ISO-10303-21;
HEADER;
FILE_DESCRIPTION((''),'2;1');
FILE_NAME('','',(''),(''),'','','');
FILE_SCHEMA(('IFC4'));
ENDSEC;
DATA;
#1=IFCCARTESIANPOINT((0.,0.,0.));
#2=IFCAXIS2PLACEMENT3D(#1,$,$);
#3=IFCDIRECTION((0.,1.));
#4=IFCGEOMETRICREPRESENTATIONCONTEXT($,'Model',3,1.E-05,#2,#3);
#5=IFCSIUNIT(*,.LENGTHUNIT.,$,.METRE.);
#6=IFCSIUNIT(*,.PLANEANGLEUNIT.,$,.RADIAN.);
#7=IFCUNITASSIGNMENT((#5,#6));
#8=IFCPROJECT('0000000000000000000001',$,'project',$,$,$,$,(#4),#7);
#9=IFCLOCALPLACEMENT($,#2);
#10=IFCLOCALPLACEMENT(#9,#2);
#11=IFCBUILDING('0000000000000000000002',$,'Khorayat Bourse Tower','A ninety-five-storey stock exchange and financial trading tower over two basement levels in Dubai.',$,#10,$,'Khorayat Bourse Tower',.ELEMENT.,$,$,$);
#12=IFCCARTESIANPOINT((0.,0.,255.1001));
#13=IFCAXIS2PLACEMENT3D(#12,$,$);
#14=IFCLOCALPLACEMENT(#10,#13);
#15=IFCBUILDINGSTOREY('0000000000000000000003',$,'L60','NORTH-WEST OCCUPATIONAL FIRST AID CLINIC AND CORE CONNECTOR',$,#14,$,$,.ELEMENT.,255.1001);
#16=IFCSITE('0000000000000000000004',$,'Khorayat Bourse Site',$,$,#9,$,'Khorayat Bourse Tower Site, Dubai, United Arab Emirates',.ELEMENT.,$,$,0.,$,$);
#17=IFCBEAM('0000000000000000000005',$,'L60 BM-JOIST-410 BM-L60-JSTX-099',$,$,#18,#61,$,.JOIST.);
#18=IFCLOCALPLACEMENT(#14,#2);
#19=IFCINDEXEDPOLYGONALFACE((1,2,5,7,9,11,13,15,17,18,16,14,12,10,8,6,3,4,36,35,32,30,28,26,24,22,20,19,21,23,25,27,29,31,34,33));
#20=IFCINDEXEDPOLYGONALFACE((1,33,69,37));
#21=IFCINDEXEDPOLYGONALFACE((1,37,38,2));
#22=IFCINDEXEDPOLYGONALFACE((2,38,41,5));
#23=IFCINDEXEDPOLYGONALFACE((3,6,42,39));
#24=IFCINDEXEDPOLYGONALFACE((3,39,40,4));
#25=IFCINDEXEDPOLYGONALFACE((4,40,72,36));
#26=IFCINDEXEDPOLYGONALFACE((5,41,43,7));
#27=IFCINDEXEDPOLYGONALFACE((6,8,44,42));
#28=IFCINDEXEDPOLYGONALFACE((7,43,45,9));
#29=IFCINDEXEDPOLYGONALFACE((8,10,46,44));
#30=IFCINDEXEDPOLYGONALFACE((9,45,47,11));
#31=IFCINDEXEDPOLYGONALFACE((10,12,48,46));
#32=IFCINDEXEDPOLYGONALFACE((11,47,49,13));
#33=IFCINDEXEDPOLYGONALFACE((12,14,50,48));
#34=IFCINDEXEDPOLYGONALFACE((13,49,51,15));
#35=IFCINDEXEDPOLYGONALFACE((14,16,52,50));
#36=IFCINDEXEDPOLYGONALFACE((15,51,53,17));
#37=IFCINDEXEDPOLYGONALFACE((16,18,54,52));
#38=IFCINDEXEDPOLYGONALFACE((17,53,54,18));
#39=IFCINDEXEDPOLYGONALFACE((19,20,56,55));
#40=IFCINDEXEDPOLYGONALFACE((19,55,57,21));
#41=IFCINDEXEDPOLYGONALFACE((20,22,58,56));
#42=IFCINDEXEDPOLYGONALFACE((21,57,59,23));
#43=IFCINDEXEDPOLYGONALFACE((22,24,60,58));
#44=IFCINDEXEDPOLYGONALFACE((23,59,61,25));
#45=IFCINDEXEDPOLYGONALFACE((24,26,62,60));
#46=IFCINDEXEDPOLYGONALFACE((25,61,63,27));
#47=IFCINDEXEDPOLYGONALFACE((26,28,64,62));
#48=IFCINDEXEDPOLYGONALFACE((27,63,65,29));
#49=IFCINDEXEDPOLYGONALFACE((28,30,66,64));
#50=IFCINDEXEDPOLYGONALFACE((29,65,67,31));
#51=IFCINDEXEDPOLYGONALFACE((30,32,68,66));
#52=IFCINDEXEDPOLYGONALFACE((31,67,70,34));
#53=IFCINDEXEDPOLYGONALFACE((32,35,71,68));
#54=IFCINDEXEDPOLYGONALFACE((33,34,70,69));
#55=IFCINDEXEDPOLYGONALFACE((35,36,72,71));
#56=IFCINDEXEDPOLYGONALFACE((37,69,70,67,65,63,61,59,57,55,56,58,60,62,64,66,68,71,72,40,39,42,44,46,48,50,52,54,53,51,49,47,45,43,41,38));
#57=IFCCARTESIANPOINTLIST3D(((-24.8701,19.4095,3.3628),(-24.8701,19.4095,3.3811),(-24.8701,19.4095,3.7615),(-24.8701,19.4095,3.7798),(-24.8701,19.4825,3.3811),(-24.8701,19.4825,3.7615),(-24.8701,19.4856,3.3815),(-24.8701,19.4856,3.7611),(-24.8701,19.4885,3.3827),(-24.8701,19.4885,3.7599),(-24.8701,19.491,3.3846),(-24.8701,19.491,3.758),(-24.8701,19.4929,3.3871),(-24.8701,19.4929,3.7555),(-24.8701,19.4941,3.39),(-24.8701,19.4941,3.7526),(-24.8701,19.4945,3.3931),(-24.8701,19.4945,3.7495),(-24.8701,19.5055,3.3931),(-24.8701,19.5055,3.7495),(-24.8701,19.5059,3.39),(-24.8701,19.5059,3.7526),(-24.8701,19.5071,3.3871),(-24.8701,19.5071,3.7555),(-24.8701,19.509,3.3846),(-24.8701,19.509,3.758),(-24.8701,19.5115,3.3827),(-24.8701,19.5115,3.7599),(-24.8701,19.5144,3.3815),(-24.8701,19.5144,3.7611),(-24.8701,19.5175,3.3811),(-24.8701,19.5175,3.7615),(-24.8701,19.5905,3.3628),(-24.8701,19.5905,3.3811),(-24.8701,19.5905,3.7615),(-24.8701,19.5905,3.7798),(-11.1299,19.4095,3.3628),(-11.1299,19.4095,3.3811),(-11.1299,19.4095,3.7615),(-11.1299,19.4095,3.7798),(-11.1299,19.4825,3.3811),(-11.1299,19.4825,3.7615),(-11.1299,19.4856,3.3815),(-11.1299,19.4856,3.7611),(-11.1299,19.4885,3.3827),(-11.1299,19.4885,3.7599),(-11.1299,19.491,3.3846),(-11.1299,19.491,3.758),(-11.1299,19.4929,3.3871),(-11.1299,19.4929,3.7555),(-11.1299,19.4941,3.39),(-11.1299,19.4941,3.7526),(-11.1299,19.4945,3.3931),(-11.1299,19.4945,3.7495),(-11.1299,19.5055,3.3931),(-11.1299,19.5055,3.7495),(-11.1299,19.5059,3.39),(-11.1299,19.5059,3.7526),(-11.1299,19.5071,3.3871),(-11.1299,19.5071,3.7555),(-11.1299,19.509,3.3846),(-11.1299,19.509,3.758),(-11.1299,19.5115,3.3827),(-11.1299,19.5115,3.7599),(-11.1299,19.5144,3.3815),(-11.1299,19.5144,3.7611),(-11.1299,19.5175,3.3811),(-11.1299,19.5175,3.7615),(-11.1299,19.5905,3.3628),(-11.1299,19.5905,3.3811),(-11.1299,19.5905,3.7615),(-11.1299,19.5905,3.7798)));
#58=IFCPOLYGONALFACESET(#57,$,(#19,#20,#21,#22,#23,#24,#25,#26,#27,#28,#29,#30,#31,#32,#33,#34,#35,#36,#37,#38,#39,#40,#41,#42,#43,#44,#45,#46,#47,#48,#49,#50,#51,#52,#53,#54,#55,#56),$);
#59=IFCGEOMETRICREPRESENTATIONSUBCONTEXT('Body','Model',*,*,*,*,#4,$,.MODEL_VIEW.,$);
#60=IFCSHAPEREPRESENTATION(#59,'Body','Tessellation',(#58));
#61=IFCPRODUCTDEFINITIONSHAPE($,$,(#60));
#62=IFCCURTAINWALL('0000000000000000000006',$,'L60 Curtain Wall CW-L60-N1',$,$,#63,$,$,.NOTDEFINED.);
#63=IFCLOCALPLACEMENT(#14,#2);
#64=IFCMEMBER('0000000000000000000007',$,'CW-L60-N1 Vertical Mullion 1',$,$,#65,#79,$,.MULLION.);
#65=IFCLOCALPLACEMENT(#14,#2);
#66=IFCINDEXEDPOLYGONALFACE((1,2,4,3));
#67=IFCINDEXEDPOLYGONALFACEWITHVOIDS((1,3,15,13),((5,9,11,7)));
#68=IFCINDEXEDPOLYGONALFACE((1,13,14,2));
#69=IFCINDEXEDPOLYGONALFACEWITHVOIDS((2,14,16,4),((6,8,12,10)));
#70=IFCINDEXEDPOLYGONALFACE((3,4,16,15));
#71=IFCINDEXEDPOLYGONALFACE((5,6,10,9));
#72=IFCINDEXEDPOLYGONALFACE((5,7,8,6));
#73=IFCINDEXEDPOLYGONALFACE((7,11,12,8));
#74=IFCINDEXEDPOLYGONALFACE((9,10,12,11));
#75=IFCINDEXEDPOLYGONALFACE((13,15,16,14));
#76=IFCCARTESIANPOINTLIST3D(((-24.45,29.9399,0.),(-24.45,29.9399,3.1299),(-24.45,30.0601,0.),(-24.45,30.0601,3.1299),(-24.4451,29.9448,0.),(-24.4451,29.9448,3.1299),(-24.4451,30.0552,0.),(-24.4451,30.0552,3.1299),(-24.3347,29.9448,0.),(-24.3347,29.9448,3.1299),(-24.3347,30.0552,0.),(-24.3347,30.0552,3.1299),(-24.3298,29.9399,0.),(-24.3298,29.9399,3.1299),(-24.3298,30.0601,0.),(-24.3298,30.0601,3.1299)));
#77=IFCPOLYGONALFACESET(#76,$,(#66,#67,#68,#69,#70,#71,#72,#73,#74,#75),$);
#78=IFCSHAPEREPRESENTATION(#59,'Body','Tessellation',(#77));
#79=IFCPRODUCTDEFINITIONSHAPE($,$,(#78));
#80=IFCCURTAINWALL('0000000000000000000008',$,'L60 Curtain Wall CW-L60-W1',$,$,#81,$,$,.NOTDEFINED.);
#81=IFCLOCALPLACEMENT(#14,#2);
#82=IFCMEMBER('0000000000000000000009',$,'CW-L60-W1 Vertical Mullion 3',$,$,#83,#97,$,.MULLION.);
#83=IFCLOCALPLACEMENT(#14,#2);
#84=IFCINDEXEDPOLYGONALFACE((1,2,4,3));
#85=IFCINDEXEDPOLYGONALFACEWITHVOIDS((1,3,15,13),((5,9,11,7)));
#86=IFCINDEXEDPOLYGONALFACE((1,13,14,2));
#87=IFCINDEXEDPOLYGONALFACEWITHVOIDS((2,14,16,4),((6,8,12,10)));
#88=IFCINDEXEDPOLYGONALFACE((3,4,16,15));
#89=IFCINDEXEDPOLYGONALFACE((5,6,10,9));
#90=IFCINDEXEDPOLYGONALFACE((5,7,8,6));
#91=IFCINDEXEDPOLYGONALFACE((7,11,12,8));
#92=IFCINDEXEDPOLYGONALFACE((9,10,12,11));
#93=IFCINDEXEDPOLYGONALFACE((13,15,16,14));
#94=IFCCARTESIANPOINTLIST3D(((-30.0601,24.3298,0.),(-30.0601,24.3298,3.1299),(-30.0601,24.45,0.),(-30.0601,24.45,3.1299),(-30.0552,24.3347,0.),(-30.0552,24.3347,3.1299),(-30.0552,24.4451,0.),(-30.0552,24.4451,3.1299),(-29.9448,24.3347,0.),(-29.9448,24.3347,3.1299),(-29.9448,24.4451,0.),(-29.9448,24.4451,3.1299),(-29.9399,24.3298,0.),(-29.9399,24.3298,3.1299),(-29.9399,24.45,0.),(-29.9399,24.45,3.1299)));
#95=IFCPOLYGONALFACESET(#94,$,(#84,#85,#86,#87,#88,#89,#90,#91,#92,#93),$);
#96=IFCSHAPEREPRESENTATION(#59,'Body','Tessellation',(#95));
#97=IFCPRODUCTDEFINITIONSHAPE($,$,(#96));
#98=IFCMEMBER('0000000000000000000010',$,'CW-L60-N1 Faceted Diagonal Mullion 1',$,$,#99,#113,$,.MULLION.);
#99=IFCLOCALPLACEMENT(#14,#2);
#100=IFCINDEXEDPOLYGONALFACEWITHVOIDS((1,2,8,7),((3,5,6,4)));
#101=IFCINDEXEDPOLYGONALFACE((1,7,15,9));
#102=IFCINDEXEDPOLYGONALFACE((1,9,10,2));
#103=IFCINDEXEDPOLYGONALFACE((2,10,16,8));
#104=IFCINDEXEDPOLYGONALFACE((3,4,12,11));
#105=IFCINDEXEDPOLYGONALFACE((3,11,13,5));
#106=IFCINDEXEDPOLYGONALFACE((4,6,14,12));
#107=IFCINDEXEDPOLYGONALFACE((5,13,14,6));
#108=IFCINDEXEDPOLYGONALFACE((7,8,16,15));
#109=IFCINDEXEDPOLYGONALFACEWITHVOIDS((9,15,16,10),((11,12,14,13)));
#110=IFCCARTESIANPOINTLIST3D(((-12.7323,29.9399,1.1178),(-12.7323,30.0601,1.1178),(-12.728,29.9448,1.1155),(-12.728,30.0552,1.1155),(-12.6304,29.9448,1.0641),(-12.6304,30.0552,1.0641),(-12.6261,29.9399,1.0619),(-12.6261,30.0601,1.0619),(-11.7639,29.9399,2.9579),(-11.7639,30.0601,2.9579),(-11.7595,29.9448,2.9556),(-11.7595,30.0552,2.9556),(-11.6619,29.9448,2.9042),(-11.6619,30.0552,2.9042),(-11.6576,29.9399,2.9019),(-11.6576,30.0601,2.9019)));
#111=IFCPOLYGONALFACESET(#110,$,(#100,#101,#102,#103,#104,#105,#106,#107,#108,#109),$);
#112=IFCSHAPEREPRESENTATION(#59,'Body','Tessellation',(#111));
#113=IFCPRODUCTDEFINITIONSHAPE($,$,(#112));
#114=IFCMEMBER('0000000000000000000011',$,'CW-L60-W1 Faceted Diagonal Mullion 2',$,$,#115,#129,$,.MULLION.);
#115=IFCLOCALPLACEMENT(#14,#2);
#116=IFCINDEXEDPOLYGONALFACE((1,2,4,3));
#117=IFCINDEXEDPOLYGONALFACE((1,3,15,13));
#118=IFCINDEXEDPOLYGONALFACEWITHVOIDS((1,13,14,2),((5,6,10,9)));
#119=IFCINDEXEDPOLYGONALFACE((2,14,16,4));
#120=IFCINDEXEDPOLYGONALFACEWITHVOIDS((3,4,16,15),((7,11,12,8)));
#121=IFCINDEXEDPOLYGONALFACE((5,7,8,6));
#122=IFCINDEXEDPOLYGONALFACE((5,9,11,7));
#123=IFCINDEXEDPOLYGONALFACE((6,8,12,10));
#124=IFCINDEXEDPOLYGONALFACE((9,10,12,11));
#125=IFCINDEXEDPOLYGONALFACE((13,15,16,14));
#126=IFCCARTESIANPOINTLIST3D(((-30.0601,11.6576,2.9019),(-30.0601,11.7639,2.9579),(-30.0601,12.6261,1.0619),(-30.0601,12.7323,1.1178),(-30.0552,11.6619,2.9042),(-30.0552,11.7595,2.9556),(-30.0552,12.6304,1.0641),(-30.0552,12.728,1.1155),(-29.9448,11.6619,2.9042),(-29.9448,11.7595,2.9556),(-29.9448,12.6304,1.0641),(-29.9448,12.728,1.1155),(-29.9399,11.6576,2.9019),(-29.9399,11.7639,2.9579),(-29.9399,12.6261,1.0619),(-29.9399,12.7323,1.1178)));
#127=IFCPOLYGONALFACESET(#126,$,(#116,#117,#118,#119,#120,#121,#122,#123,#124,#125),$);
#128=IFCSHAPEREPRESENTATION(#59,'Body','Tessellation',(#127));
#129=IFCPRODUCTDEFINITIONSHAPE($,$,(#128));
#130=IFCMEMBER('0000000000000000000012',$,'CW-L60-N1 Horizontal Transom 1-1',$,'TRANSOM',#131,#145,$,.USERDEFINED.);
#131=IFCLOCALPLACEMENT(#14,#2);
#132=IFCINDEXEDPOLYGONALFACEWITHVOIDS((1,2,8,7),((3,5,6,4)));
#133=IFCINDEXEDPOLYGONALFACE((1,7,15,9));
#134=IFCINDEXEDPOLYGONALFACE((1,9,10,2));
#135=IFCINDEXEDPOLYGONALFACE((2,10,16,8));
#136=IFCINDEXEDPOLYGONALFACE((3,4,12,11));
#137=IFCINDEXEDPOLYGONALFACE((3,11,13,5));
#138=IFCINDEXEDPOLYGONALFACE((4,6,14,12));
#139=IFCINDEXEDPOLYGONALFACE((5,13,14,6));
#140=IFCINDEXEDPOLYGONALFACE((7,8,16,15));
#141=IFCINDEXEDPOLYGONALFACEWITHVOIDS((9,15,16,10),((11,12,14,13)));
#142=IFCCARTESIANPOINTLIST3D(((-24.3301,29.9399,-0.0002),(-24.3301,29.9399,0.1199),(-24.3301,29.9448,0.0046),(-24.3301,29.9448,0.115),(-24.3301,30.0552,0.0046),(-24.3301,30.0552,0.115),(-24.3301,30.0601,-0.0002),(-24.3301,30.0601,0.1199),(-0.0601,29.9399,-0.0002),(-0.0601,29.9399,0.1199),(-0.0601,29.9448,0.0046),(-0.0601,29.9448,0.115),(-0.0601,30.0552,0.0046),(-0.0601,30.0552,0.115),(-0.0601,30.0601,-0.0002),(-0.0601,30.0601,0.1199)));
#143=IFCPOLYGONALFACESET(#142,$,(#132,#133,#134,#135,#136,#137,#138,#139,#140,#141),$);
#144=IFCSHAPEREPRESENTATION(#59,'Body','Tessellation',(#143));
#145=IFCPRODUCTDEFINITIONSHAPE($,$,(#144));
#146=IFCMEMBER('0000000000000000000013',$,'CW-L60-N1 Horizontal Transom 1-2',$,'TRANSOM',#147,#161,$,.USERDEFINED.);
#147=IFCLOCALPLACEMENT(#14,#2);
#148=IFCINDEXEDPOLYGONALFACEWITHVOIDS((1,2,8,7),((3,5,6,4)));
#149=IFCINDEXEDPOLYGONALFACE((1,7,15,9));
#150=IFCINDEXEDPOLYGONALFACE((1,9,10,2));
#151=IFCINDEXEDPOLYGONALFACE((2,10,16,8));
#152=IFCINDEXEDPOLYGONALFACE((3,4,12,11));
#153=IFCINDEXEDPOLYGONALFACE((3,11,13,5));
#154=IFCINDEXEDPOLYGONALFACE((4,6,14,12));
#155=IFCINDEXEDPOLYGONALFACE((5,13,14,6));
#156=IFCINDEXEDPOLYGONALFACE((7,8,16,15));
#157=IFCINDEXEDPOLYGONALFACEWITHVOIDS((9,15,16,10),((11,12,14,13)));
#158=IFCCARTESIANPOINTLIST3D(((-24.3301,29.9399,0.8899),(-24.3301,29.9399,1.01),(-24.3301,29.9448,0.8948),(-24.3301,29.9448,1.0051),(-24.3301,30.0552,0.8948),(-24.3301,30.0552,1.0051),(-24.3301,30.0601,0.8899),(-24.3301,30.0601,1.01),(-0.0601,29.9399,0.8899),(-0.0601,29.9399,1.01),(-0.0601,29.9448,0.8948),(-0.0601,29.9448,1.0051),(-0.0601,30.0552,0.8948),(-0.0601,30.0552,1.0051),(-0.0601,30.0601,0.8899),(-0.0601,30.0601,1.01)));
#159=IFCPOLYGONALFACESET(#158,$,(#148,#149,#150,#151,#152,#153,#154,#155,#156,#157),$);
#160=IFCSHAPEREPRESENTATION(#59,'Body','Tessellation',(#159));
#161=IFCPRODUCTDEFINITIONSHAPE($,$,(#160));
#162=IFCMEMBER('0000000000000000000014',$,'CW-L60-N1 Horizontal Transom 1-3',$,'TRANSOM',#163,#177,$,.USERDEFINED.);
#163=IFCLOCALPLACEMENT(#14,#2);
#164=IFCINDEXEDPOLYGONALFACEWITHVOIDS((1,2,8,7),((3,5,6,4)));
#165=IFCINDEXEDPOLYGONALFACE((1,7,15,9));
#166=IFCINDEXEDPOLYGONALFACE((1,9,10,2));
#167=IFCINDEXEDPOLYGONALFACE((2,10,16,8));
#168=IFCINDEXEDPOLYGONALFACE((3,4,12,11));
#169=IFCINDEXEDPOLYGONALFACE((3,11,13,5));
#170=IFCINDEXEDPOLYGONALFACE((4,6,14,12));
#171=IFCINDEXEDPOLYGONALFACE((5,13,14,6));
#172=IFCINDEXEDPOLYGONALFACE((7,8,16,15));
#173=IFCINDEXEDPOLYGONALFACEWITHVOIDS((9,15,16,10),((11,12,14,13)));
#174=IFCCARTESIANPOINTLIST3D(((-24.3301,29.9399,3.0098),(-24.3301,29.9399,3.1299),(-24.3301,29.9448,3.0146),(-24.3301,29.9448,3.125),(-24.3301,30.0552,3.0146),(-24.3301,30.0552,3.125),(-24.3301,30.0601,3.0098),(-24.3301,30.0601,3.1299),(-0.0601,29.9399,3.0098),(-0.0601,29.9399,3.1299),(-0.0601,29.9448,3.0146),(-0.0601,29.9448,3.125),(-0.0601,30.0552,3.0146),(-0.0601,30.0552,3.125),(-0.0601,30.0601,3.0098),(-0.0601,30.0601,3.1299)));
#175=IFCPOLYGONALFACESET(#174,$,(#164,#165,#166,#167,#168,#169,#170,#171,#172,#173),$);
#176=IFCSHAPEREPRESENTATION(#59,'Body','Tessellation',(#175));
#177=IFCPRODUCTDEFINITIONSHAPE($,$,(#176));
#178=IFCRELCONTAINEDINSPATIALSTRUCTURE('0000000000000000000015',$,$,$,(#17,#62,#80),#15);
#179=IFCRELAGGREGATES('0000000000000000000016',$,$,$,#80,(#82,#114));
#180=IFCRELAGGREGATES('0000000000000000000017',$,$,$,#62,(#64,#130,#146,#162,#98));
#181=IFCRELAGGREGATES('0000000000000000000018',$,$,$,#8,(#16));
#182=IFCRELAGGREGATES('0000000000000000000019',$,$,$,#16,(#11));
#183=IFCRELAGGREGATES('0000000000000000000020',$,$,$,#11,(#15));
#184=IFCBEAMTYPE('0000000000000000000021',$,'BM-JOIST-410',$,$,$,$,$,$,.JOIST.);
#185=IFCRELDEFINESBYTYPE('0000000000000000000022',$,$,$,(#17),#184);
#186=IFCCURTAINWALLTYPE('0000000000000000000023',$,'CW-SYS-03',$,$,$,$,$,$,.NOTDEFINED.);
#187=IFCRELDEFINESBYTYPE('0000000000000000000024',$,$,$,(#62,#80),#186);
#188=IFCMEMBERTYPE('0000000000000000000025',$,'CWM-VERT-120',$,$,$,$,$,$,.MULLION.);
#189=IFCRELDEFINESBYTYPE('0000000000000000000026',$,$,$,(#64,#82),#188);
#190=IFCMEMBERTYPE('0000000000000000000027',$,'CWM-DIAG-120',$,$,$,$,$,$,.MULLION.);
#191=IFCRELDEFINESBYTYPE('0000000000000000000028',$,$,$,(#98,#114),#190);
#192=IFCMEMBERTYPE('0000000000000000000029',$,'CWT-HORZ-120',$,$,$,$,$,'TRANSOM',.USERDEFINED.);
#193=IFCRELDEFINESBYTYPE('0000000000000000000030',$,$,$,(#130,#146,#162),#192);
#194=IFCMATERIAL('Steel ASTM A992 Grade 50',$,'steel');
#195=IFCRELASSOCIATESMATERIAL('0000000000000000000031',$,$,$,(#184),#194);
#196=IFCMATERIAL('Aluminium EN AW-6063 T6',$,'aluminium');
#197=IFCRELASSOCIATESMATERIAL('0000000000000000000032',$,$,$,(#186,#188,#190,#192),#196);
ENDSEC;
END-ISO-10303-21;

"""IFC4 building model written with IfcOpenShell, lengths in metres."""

from ifc_helpers import new_model, si_unit, direction, frame, origin, origin_2d, place, context, subcontext, project, spatial, hollow_rectangle, i_section, extrude, source, transform, mapped, material, material_profile, profile_set, type_object, element, aggregate, save


model = new_model("IFC4")

# Units and contexts
model_context = context("Model", 3, precision=1e-05, world=origin(), true_north=direction((0.0, 1.0)))
body_context = subcontext(model_context, "Body", "Model", "MODEL_VIEW")
ifc_project = project(units=[si_unit("LENGTHUNIT", "METRE"), si_unit("PLANEANGLEUNIT", "RADIAN")], contexts=[model_context])

# Site, building, storey
site_placement = place(None, origin())
site = spatial("IfcSite", under=ifc_project, at=site_placement, Name="Khorayat Bourse Site", LongName="Khorayat Bourse Tower Site, Dubai, United Arab Emirates", CompositionType="ELEMENT", RefElevation=0.0)
building_placement = place(site_placement, origin())
building = spatial("IfcBuilding", under=site, at=building_placement, Name="Khorayat Bourse Tower", Description="A ninety-five-storey stock exchange and financial trading tower over two basement levels in Dubai.", LongName="Khorayat Bourse Tower", CompositionType="ELEMENT")
storey_placement = place(building_placement, frame((0.0, 0.0, 255.1001)))
storey = spatial("IfcBuildingStorey", under=building, at=storey_placement, Name="L60", Description="NORTH-WEST OCCUPATIONAL FIRST AID CLINIC AND CORE CONNECTOR", CompositionType="ELEMENT", Elevation=255.1001)

# Beam
ifc_material_1 = material(Name="Steel ASTM A992 Grade 50", Category="steel")
ifc_material_profile_1 = material_profile(ifc_material_1, i_section(OverallWidth=0.1809, OverallDepth=0.417, WebThickness=0.011, FlangeThickness=0.0183, FilletRadius=0.012, at=origin_2d()), Name="W410X85")
ifc_profile_set_1 = profile_set([ifc_material_profile_1], Name="Steel ASTM A992 Grade 50")
beam_type_1 = type_object("IfcBeamType", Name="BM-JOIST-410", PredefinedType="JOIST", material=ifc_profile_set_1)
shared_shape_1 = source(origin(), body_context, "Body", "SweptSolid", [
    extrude(i_section(OverallWidth=0.1809, OverallDepth=0.417, WebThickness=0.011, FlangeThickness=0.0183, FilletRadius=0.012, at=origin_2d()), origin(), (0.0, 0.0, 1.0), 13.7402),
])
beam_1_placement = place(storey_placement, frame((-24.8701, 19.5, 3.5713), z_axis=(1.0, 0.0, 0.0), x_axis=(0.0, 1.0, 0.0)))
element("IfcBeam", 1, at=beam_1_placement, inside=storey, type_object=beam_type_1, Name="L60 BM-JOIST-410 BM-L60-JSTX-099", PredefinedType="JOIST", context=body_context, shape_type="MappedRepresentation", body=[
    mapped(shared_shape_1, transform((0.0, 0.0, 0.0), scale=1.0)),
])

# Curtain walls, members
ifc_material_2 = material(Name="Aluminium EN AW-6063 T6", Category="aluminium")
curtain_wall_type = type_object("IfcCurtainWallType", Name="CW-SYS-03", PredefinedType="NOTDEFINED", material=ifc_material_2)
curtain_wall_1_placement = place(storey_placement, origin())
curtain_wall_1 = element("IfcCurtainWall", 2, at=curtain_wall_1_placement, inside=storey, type_object=curtain_wall_type, Name="L60 Curtain Wall CW-L60-N1", PredefinedType="NOTDEFINED")
ifc_material_profile_2 = material_profile(ifc_material_2, hollow_rectangle(XDim=0.1201, YDim=0.1201, WallThickness=0.0049, at=origin_2d()), Name="ALU 120x120x5")
ifc_profile_set_2 = profile_set([ifc_material_profile_2], Name="Aluminium EN AW-6063 T6")
member_type_1 = type_object("IfcMemberType", Name="CWM-VERT-120", PredefinedType="MULLION", material=ifc_profile_set_2)
shared_shape_2 = source(origin(), body_context, "Body", "SweptSolid", [
    extrude(hollow_rectangle(XDim=0.1201, YDim=0.1201, WallThickness=0.0049, at=origin_2d()), origin(), (0.0, 0.0, 1.0), 3.1299),
])
member_1_placement = place(storey_placement, frame((-24.3899, 30.0, 0.0), z_axis=(0.0, 0.0, 1.0), x_axis=(0.0, 1.0, 0.0)))
member_1 = element("IfcMember", 3, at=member_1_placement, type_object=member_type_1, Name="CW-L60-N1 Vertical Mullion 1", PredefinedType="MULLION", context=body_context, shape_type="MappedRepresentation", body=[
    mapped(shared_shape_2, transform((0.0, 0.0, 0.0), scale=1.0)),
])
curtain_wall_2_placement = place(storey_placement, origin())
curtain_wall_2 = element("IfcCurtainWall", 4, at=curtain_wall_2_placement, inside=storey, type_object=curtain_wall_type, Name="L60 Curtain Wall CW-L60-W1", PredefinedType="NOTDEFINED")
member_2_placement = place(storey_placement, frame((-30.0, 24.3899, 0.0), z_axis=(0.0, 0.0, 1.0), x_axis=(-1.0, 0.0, 0.0)))
member_2 = element("IfcMember", 5, at=member_2_placement, type_object=member_type_1, Name="CW-L60-W1 Vertical Mullion 3", PredefinedType="MULLION", context=body_context, shape_type="MappedRepresentation", body=[
    mapped(shared_shape_2, transform((0.0, 0.0, 0.0), scale=1.0)),
])

# Members
ifc_material_profile_3 = material_profile(ifc_material_2, hollow_rectangle(XDim=0.1201, YDim=0.1201, WallThickness=0.0049, at=origin_2d()), Name="ALU 120x120x5")
ifc_profile_set_3 = profile_set([ifc_material_profile_3], Name="Aluminium EN AW-6063 T6")
member_type_2 = type_object("IfcMemberType", Name="CWM-DIAG-120", PredefinedType="MULLION", material=ifc_profile_set_3)
shared_shape_3 = source(origin(), body_context, "Body", "SweptSolid", [
    extrude(hollow_rectangle(XDim=0.1201, YDim=0.1201, WallThickness=0.0049, at=origin_2d()), origin(), (0.0, 0.0, 1.0), 2.0793),
])
member_3_placement = place(storey_placement, frame((-12.6792, 30.0, 1.0898), z_axis=(0.465761, 0.0, 0.884911), x_axis=(0.0, 1.0, 0.0)))
member_3 = element("IfcMember", 6, at=member_3_placement, type_object=member_type_2, Name="CW-L60-N1 Faceted Diagonal Mullion 1", PredefinedType="MULLION", context=body_context, shape_type="MappedRepresentation", body=[
    mapped(shared_shape_3, transform((0.0, 0.0, 0.0), scale=1.0)),
])
member_4_placement = place(storey_placement, frame((-30.0, 12.6792, 1.0898), z_axis=(0.0, -0.465761, 0.884911), x_axis=(1.0, 0.0, 0.0)))
member_4 = element("IfcMember", 7, at=member_4_placement, type_object=member_type_2, Name="CW-L60-W1 Faceted Diagonal Mullion 2", PredefinedType="MULLION", context=body_context, shape_type="MappedRepresentation", body=[
    mapped(shared_shape_3, transform((0.0, 0.0, 0.0), scale=1.0)),
])
aggregate(curtain_wall_2, [member_2, member_4])
ifc_material_profile_4 = material_profile(ifc_material_2, hollow_rectangle(XDim=0.1201, YDim=0.1201, WallThickness=0.0049, at=origin_2d()), Name="ALU 120x120x5")
ifc_profile_set_4 = profile_set([ifc_material_profile_4], Name="Aluminium EN AW-6063 T6")
member_type_3 = type_object("IfcMemberType", Name="CWT-HORZ-120", ElementType="TRANSOM", PredefinedType="USERDEFINED", material=ifc_profile_set_4)
shared_shape_4 = source(origin(), body_context, "Body", "SweptSolid", [
    extrude(hollow_rectangle(XDim=0.1201, YDim=0.1201, WallThickness=0.0049, at=origin_2d()), origin(), (0.0, 0.0, 1.0), 24.27),
])
member_5_placement = place(storey_placement, frame((-24.3301, 30.0, 0.0598), z_axis=(1.0, 0.0, 0.0), x_axis=(0.0, 1.0, 0.0)))
member_5 = element("IfcMember", 8, at=member_5_placement, type_object=member_type_3, Name="CW-L60-N1 Horizontal Transom 1-1", ObjectType="TRANSOM", PredefinedType="USERDEFINED", context=body_context, shape_type="MappedRepresentation", body=[
    mapped(shared_shape_4, transform((0.0, 0.0, 0.0), scale=1.0)),
])
member_6_placement = place(storey_placement, frame((-24.3301, 30.0, 0.95), z_axis=(1.0, 0.0, 0.0), x_axis=(0.0, 1.0, 0.0)))
member_6 = element("IfcMember", 9, at=member_6_placement, type_object=member_type_3, Name="CW-L60-N1 Horizontal Transom 1-2", ObjectType="TRANSOM", PredefinedType="USERDEFINED", context=body_context, shape_type="MappedRepresentation", body=[
    mapped(shared_shape_4, transform((0.0, 0.0, 0.0), scale=1.0)),
])
member_7_placement = place(storey_placement, frame((-24.3301, 30.0, 3.0698), z_axis=(1.0, 0.0, 0.0), x_axis=(0.0, 1.0, 0.0)))
member_7 = element("IfcMember", 10, at=member_7_placement, type_object=member_type_3, Name="CW-L60-N1 Horizontal Transom 1-3", ObjectType="TRANSOM", PredefinedType="USERDEFINED", context=body_context, shape_type="MappedRepresentation", body=[
    mapped(shared_shape_4, transform((0.0, 0.0, 0.0), scale=1.0)),
])

aggregate(curtain_wall_1, [member_1, member_5, member_6, member_7, member_3])

save(model, "model.ifc")
